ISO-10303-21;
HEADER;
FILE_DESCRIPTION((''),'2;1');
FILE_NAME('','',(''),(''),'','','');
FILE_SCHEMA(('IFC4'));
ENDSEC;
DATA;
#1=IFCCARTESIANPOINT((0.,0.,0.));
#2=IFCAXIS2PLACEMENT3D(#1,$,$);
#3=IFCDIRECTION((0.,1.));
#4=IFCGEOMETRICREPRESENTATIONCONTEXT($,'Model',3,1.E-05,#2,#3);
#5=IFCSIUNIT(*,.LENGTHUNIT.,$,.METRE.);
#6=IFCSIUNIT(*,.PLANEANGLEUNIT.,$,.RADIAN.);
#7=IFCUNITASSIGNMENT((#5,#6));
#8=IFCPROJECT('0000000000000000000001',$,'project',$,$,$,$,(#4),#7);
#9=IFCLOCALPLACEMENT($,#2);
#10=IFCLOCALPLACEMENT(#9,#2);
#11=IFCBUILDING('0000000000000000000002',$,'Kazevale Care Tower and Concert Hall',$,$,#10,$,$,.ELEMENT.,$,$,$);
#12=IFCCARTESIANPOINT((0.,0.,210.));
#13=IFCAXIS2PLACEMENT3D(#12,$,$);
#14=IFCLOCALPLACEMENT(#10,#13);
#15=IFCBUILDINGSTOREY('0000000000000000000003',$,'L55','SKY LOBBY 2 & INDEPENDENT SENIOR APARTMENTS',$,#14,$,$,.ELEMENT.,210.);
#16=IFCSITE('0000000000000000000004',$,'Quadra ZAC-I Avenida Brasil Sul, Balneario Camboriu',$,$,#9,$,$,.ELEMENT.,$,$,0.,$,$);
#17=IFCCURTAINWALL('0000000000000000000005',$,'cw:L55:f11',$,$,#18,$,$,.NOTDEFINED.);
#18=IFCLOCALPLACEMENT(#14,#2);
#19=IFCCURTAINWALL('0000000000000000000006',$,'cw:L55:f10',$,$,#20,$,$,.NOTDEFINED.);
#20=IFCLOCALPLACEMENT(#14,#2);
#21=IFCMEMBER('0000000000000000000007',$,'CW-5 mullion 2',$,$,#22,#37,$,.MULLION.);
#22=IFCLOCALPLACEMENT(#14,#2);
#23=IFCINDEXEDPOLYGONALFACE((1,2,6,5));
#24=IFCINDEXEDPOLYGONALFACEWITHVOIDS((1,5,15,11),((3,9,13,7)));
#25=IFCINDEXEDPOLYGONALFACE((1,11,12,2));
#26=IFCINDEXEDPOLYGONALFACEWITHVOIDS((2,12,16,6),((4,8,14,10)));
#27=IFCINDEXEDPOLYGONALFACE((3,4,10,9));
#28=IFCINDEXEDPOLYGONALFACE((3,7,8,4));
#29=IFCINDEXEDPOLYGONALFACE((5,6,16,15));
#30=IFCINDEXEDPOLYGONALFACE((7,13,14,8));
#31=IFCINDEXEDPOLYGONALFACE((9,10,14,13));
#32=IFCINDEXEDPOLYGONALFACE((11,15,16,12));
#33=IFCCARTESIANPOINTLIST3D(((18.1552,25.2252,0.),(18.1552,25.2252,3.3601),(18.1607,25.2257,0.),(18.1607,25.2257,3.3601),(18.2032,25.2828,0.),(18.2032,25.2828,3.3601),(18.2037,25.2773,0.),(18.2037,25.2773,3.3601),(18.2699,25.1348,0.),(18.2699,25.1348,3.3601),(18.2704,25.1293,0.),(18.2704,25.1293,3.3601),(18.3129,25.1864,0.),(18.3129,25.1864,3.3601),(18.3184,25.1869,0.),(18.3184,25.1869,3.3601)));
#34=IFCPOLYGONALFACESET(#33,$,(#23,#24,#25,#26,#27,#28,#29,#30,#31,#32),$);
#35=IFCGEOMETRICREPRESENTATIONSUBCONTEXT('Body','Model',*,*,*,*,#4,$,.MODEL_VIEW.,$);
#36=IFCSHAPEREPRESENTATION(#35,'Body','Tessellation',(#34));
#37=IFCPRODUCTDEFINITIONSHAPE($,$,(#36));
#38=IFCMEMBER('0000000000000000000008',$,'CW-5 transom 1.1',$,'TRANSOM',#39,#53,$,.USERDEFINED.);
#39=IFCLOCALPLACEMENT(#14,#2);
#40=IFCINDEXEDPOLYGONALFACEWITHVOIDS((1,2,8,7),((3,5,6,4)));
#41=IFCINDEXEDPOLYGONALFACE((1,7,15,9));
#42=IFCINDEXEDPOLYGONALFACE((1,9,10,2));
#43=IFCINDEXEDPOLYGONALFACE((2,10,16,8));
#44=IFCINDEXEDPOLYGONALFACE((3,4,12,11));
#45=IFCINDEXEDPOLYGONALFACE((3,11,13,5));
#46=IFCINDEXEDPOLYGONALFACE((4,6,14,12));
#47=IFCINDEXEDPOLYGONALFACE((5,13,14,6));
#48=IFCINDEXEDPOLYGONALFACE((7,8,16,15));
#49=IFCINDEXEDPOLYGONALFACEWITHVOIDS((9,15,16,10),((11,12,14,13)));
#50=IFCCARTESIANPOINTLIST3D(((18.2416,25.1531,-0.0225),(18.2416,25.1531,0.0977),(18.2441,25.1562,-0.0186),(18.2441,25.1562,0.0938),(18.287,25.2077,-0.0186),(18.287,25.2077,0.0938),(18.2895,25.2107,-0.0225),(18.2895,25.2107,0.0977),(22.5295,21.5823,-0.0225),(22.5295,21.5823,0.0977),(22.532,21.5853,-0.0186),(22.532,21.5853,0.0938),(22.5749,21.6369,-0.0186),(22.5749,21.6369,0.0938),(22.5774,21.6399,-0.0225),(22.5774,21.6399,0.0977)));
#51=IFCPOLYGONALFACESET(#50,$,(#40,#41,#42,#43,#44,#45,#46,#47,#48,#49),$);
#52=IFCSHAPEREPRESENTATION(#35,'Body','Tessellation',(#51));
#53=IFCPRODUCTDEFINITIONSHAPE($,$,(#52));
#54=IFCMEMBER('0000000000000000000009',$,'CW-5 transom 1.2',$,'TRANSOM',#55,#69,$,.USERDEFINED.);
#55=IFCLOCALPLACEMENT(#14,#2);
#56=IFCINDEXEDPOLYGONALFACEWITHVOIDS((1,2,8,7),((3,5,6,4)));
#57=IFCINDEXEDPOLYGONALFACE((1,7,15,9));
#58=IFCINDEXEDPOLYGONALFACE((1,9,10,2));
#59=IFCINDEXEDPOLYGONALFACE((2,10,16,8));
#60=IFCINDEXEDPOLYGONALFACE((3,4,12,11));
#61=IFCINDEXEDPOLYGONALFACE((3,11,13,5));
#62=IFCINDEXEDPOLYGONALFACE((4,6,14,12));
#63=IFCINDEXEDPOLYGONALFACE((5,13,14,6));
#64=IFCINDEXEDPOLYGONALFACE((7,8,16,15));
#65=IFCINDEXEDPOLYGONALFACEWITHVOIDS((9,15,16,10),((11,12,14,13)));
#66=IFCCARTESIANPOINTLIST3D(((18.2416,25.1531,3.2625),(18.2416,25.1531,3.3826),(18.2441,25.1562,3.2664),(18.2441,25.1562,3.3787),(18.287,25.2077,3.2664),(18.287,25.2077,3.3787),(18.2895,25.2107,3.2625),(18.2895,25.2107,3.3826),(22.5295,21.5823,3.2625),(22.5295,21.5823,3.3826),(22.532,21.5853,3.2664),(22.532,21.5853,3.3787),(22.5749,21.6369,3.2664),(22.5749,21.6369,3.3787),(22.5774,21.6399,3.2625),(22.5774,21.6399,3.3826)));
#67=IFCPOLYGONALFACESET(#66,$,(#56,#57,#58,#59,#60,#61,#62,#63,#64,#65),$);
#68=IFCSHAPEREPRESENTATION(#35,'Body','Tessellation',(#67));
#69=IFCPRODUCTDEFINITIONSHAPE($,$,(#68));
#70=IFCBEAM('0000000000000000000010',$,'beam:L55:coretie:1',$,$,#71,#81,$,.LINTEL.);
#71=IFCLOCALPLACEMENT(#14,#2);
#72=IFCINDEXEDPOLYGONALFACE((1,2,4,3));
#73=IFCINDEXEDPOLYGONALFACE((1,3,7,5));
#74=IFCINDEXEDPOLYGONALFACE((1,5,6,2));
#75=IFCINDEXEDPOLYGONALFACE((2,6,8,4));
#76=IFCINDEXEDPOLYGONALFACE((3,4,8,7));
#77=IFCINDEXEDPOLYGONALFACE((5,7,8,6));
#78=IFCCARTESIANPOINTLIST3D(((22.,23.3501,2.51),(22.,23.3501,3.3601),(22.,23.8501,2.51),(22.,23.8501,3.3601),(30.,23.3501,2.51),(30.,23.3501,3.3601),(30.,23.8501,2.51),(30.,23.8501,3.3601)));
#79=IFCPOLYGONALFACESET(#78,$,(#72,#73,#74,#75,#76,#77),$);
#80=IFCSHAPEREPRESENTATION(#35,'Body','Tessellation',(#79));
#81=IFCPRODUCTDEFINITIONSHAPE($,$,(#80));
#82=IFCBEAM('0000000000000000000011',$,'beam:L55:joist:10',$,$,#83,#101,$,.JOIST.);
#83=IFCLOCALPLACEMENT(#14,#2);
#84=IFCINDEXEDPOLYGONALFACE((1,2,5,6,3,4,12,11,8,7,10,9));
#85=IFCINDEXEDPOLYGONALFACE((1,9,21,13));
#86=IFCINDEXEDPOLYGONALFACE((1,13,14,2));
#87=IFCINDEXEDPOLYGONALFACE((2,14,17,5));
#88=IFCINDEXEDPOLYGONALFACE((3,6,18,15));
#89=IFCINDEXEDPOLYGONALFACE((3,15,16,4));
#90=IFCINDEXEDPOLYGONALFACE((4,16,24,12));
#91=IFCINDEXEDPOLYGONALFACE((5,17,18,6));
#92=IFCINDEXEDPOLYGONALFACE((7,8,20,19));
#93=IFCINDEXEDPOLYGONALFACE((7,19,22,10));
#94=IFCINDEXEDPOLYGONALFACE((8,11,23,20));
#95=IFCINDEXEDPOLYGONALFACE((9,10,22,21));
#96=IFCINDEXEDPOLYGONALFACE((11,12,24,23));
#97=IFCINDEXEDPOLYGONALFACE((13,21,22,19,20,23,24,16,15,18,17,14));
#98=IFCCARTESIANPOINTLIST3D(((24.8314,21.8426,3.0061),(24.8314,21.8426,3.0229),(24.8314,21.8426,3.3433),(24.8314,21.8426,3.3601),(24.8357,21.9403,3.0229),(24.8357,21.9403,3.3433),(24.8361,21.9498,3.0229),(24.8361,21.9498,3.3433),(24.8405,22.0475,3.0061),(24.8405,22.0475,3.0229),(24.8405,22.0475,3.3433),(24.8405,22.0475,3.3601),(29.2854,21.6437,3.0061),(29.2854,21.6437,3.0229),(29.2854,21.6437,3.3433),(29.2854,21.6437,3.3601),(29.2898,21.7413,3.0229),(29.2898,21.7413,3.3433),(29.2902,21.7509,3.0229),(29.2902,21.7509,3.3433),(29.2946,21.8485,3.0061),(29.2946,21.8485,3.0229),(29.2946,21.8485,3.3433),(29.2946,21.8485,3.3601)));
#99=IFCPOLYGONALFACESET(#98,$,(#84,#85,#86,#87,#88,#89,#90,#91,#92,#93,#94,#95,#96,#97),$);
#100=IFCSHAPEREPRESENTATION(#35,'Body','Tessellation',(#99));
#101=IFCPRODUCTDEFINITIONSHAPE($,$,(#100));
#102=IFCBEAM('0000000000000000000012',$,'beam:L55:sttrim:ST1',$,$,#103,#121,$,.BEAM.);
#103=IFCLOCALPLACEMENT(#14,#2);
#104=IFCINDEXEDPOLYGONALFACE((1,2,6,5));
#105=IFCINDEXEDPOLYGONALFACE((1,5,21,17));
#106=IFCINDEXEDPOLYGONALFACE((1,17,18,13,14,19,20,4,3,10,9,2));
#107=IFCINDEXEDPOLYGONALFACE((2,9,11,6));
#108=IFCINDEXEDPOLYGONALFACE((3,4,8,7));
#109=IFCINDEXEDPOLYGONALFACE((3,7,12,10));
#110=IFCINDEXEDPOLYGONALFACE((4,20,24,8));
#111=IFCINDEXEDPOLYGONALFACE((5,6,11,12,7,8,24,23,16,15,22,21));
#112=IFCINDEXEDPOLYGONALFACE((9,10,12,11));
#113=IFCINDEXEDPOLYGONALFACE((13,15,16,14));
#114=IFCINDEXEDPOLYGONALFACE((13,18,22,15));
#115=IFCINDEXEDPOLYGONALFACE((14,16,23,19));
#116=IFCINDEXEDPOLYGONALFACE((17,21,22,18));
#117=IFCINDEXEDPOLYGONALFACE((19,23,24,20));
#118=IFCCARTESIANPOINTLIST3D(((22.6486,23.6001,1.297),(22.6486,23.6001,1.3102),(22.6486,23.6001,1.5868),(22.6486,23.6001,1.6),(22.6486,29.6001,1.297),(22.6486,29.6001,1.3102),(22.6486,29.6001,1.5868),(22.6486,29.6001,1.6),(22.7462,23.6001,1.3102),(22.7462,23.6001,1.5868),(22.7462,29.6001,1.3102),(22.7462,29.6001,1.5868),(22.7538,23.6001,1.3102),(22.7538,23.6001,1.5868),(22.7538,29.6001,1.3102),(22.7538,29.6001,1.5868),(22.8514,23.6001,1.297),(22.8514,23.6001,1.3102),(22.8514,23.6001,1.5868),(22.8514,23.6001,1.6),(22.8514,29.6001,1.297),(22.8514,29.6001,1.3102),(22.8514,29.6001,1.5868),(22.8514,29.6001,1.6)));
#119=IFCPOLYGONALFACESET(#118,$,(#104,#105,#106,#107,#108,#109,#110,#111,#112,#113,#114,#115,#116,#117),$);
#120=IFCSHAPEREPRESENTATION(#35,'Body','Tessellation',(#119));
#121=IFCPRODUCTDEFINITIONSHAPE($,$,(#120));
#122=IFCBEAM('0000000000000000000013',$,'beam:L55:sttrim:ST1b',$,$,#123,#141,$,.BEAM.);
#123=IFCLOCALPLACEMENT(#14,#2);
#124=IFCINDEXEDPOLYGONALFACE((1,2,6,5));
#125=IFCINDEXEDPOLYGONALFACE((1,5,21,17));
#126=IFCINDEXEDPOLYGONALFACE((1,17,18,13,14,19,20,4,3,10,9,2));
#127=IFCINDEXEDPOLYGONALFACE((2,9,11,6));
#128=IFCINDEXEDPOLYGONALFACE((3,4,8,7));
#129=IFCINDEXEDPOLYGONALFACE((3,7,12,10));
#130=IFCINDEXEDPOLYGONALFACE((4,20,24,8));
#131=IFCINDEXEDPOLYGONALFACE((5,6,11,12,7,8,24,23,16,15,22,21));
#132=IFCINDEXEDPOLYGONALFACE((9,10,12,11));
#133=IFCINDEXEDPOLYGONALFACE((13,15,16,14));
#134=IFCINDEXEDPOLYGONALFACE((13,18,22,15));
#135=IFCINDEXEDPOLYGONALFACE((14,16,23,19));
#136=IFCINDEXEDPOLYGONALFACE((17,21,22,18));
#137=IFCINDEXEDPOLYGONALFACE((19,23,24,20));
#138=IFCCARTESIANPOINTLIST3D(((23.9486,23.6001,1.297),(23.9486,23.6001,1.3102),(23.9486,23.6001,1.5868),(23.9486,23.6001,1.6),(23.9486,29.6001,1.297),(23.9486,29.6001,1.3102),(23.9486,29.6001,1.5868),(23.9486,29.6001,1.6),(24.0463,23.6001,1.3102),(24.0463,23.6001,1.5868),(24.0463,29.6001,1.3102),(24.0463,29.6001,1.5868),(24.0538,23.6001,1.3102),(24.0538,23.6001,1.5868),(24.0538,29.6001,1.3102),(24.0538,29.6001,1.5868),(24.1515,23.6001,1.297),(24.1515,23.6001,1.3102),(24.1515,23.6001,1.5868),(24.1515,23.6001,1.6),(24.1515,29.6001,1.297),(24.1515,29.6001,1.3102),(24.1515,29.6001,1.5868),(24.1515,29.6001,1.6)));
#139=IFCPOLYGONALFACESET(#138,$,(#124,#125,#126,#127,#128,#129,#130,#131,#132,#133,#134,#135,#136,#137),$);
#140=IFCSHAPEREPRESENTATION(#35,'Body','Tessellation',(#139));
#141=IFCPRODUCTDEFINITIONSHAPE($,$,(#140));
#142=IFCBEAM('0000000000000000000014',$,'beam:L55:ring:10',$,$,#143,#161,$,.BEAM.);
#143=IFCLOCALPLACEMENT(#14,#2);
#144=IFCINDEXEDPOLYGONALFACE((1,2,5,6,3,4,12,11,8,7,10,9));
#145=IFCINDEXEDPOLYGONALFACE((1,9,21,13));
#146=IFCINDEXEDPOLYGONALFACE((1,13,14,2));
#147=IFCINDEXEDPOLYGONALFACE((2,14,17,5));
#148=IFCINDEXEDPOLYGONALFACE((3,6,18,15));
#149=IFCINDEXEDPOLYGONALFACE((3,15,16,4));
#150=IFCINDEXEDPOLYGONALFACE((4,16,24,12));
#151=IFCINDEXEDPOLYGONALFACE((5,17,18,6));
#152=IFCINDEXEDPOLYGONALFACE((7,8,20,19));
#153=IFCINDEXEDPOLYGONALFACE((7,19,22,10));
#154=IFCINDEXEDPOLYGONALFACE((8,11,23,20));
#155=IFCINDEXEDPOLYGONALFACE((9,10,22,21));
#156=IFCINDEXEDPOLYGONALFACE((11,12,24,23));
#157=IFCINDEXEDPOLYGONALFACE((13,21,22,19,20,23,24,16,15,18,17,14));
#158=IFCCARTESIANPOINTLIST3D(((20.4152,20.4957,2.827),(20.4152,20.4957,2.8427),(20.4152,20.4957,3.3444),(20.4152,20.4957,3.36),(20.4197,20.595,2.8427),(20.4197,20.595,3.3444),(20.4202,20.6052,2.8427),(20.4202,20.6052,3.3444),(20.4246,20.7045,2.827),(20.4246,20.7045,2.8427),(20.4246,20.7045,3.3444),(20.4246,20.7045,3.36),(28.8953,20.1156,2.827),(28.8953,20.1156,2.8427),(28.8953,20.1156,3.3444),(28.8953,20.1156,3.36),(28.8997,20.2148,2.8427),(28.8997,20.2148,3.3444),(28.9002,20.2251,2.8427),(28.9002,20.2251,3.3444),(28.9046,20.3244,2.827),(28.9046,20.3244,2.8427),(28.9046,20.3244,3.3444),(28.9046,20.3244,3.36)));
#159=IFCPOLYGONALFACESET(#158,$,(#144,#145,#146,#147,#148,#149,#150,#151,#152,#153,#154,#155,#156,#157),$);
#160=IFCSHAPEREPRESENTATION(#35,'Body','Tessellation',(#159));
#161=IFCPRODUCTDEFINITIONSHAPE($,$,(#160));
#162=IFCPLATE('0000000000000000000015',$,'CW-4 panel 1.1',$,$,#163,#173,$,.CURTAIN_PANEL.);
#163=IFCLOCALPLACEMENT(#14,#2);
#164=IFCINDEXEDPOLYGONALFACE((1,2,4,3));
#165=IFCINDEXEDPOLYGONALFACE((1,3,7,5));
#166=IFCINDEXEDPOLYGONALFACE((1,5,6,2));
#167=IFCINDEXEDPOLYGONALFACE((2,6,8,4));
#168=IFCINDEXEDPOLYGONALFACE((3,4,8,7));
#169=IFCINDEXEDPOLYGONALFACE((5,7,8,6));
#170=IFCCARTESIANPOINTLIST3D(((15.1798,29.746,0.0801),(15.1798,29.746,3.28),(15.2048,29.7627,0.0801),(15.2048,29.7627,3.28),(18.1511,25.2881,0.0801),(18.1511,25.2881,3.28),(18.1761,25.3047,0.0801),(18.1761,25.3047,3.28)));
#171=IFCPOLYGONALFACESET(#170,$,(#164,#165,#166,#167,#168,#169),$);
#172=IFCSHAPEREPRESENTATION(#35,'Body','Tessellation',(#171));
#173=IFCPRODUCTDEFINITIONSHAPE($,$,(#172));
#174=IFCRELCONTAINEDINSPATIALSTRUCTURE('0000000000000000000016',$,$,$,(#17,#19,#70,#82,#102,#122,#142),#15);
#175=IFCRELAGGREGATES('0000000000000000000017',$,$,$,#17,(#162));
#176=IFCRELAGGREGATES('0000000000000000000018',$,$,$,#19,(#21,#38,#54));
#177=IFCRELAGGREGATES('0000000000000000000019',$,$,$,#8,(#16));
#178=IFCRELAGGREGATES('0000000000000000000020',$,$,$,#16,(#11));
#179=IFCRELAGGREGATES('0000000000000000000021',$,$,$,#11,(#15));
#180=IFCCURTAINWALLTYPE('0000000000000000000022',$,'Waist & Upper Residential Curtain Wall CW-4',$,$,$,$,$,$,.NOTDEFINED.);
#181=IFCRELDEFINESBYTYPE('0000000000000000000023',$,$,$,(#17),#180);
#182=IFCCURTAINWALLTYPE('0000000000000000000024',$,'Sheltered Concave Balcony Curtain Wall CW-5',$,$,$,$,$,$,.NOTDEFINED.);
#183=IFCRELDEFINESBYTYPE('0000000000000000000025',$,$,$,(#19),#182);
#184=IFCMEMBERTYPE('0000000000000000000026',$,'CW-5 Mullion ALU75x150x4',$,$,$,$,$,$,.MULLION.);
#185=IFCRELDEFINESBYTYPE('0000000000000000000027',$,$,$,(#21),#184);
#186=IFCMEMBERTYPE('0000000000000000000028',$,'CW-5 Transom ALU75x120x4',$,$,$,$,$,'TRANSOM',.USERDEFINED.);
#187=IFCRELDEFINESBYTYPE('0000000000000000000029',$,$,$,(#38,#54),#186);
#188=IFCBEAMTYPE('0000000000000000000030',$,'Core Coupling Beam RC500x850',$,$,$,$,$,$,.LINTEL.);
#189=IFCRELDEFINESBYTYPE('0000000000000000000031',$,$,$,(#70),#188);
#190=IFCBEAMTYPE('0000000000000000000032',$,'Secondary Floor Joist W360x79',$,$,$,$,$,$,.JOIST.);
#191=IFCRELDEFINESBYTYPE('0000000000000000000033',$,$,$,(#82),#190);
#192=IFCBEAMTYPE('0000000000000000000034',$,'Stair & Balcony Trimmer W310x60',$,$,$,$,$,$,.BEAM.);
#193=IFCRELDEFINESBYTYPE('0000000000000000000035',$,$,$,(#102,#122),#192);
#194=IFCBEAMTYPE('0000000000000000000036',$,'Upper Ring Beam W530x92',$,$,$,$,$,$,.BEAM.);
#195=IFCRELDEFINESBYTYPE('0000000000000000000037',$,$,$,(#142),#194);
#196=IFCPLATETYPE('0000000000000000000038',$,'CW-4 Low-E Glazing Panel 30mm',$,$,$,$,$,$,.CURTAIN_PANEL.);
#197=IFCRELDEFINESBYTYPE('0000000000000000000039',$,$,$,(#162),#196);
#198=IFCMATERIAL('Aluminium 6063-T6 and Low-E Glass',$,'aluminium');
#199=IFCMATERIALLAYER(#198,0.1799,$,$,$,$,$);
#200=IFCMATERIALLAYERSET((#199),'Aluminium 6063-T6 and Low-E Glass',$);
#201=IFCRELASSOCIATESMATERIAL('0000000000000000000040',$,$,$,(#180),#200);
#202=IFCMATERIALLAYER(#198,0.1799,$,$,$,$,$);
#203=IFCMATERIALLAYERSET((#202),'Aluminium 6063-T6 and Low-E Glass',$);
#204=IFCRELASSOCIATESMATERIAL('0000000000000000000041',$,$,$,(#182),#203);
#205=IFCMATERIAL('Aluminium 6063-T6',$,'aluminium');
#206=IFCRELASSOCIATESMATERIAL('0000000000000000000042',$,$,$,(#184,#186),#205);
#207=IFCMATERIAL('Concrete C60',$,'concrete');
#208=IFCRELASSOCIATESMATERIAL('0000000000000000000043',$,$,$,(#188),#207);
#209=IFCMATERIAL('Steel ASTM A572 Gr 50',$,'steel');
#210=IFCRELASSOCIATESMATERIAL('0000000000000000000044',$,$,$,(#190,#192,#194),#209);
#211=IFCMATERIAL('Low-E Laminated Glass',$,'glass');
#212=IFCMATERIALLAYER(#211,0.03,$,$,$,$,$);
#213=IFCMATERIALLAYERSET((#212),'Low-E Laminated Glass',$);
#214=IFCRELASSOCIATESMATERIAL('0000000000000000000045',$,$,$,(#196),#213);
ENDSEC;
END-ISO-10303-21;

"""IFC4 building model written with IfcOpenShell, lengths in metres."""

from ifc_helpers import new_model, si_unit, direction, frame, origin, origin_2d, place, context, subcontext, project, spatial, rectangle, hollow_rectangle, i_section, extrude, material, layer, layer_set, material_profile, profile_set, type_object, element, aggregate, save


model = new_model("IFC4")

# Units and contexts
model_context = context("Model", 3, precision=1e-05, world=origin(), true_north=direction((0.0, 1.0)))
body_context = subcontext(model_context, "Body", "Model", "MODEL_VIEW")
ifc_project = project(units=[si_unit("LENGTHUNIT", "METRE"), si_unit("PLANEANGLEUNIT", "RADIAN")], contexts=[model_context])

# Site, building, storey
site_placement = place(None, origin())
site = spatial("IfcSite", under=ifc_project, at=site_placement, Name="Quadra ZAC-I Avenida Brasil Sul, Balneario Camboriu", CompositionType="ELEMENT", RefElevation=0.0)
building_placement = place(site_placement, origin())
building = spatial("IfcBuilding", under=site, at=building_placement, Name="Kazevale Care Tower and Concert Hall", CompositionType="ELEMENT")
storey_placement = place(building_placement, frame((0.0, 0.0, 210.0)))
storey = spatial("IfcBuildingStorey", under=building, at=storey_placement, Name="L55", Description="SKY LOBBY 2 & INDEPENDENT SENIOR APARTMENTS", CompositionType="ELEMENT", Elevation=210.0)

# Curtain wall
ifc_material_1 = material(Name="Aluminium 6063-T6 and Low-E Glass", Category="aluminium")
ifc_layer_1 = layer(ifc_material_1, 0.1799)
ifc_layer_set_1 = layer_set([ifc_layer_1], Name="Aluminium 6063-T6 and Low-E Glass")
curtain_wall_type_1 = type_object("IfcCurtainWallType", Name="Waist & Upper Residential Curtain Wall CW-4", PredefinedType="NOTDEFINED", material=ifc_layer_set_1)
curtain_wall_1_placement = place(storey_placement, origin())
curtain_wall_1 = element("IfcCurtainWall", 1, at=curtain_wall_1_placement, inside=storey, type_object=curtain_wall_type_1, Name="cw:L55:f11", PredefinedType="NOTDEFINED")
ifc_material_2 = material(Name="Aluminium 6063-T6", Category="aluminium")

# Shared definitions
ifc_layer_2 = layer(ifc_material_1, 0.1799)
ifc_layer_set_2 = layer_set([ifc_layer_2], Name="Aluminium 6063-T6 and Low-E Glass")
curtain_wall_type_2 = type_object("IfcCurtainWallType", Name="Sheltered Concave Balcony Curtain Wall CW-5", PredefinedType="NOTDEFINED", material=ifc_layer_set_2)
ifc_material_profile_1 = material_profile(ifc_material_2, hollow_rectangle(XDim=0.075, YDim=0.1499, WallThickness=0.0039, at=origin_2d()), Name="ALU75x150x4")
ifc_profile_set_1 = profile_set([ifc_material_profile_1], Name="Aluminium 6063-T6")
member_type_1 = type_object("IfcMemberType", Name="CW-5 Mullion ALU75x150x4", PredefinedType="MULLION", material=ifc_profile_set_1)

# Curtain wall, members
curtain_wall_2_placement = place(storey_placement, origin())
curtain_wall_2 = element("IfcCurtainWall", 2, at=curtain_wall_2_placement, inside=storey, type_object=curtain_wall_type_2, Name="cw:L55:f10", PredefinedType="NOTDEFINED")
member_1_placement = place(storey_placement, frame((18.2368, 25.2061, 0.0), z_axis=(0.0, 0.0, 1.0), x_axis=(-0.639961, -0.768407, 0.0)))
member_1 = element("IfcMember", 3, at=member_1_placement, type_object=member_type_1, Name="CW-5 mullion 2", PredefinedType="MULLION", context=body_context, shape_type="SweptSolid", body=[
    extrude(hollow_rectangle(XDim=0.075, YDim=0.1499, WallThickness=0.0039, at=origin_2d()), origin(), (0.0, 0.0, 1.0), 3.3601),
])
ifc_material_profile_2 = material_profile(ifc_material_2, hollow_rectangle(XDim=0.075, YDim=0.1201, WallThickness=0.0039, at=origin_2d()), Name="ALU75x120x4")
ifc_profile_set_2 = profile_set([ifc_material_profile_2], Name="Aluminium 6063-T6")
member_type_2 = type_object("IfcMemberType", Name="CW-5 Transom ALU75x120x4", ElementType="TRANSOM", PredefinedType="USERDEFINED", material=ifc_profile_set_2)
member_2_placement = place(storey_placement, frame((22.5535, 21.6111, 0.0376), z_axis=(-0.768433, 0.63993, 0.0), x_axis=(-0.63993, -0.768433, 0.0)))
member_2 = element("IfcMember", 4, at=member_2_placement, type_object=member_type_2, Name="CW-5 transom 1.1", ObjectType="TRANSOM", PredefinedType="USERDEFINED", context=body_context, shape_type="SweptSolid", body=[
    extrude(hollow_rectangle(XDim=0.075, YDim=0.1201, WallThickness=0.0039, at=origin_2d()), origin(), (0.0, 0.0, 1.0), 5.5801),
])
member_3_placement = place(storey_placement, frame((22.5535, 21.6111, 3.3225), z_axis=(-0.768433, 0.63993, 0.0), x_axis=(-0.63993, -0.768433, 0.0)))
member_3 = element("IfcMember", 5, at=member_3_placement, type_object=member_type_2, Name="CW-5 transom 1.2", ObjectType="TRANSOM", PredefinedType="USERDEFINED", context=body_context, shape_type="SweptSolid", body=[
    extrude(hollow_rectangle(XDim=0.075, YDim=0.1201, WallThickness=0.0039, at=origin_2d()), origin(), (0.0, 0.0, 1.0), 5.5801),
])

# Beams
ifc_material_3 = material(Name="Concrete C60", Category="concrete")
ifc_material_profile_3 = material_profile(ifc_material_3, rectangle(XDim=0.5, YDim=0.8501, at=origin_2d()), Name="RC-B500x850")
ifc_profile_set_3 = profile_set([ifc_material_profile_3], Name="Concrete C60")
beam_type_1 = type_object("IfcBeamType", Name="Core Coupling Beam RC500x850", PredefinedType="LINTEL", material=ifc_profile_set_3)
beam_1_placement = place(storey_placement, frame((22.0, 23.6001, 2.9351), z_axis=(1.0, 0.0, 0.0), x_axis=(0.0, 1.0, 0.0)))
element("IfcBeam", 6, at=beam_1_placement, inside=storey, type_object=beam_type_1, Name="beam:L55:coretie:1", PredefinedType="LINTEL", context=body_context, shape_type="SweptSolid", body=[
    extrude(rectangle(XDim=0.5, YDim=0.8501, at=origin_2d()), origin(), (0.0, 0.0, 1.0), 8.0),
])
ifc_material_4 = material(Name="Steel ASTM A572 Gr 50", Category="steel")
ifc_material_profile_4 = material_profile(ifc_material_4, i_section(OverallWidth=0.2051, OverallDepth=0.354, WebThickness=0.0095, FlangeThickness=0.0168, at=origin_2d()), Name="W360x79")
ifc_profile_set_4 = profile_set([ifc_material_profile_4], Name="Steel ASTM A572 Gr 50")
beam_type_2 = type_object("IfcBeamType", Name="Secondary Floor Joist W360x79", PredefinedType="JOIST", material=ifc_profile_set_4)
beam_2_placement = place(storey_placement, frame((24.8359, 21.9451, 3.1831), z_axis=(0.999004, -0.044628, 0.0), x_axis=(0.044628, 0.999004, 0.0)))
element("IfcBeam", 7, at=beam_2_placement, inside=storey, type_object=beam_type_2, Name="beam:L55:joist:10", PredefinedType="JOIST", context=body_context, shape_type="SweptSolid", body=[
    extrude(i_section(OverallWidth=0.2051, OverallDepth=0.354, WebThickness=0.0095, FlangeThickness=0.0168, at=origin_2d()), origin(), (0.0, 0.0, 1.0), 4.4585),
])
ifc_material_profile_5 = material_profile(ifc_material_4, i_section(OverallWidth=0.2029, OverallDepth=0.303, WebThickness=0.0076, FlangeThickness=0.0132, at=origin_2d()), Name="W310x60")
ifc_profile_set_5 = profile_set([ifc_material_profile_5], Name="Steel ASTM A572 Gr 50")
beam_type_3 = type_object("IfcBeamType", Name="Stair & Balcony Trimmer W310x60", PredefinedType="BEAM", material=ifc_profile_set_5)
for number, where, z_axis, x_axis, name in (
    (8, (22.75, 23.6001, 1.4485), (0.0, 1.0, 0.0), (-1.0, 0.0, 0.0), "beam:L55:sttrim:ST1"),
    (9, (24.05, 23.6001, 1.4485), (0.0, 1.0, 0.0), (-1.0, 0.0, 0.0), "beam:L55:sttrim:ST1b"),
):
    element("IfcBeam", number, at=place(storey_placement, frame(where, z_axis=z_axis, x_axis=x_axis)), inside=storey, type_object=beam_type_3, Name=name, PredefinedType="BEAM", context=body_context, shape_type="SweptSolid", body=[
        extrude(i_section(OverallWidth=0.2029, OverallDepth=0.303, WebThickness=0.0076, FlangeThickness=0.0132, at=origin_2d()), origin(), (0.0, 0.0, 1.0), 6.0),
    ])
ifc_material_profile_6 = material_profile(ifc_material_4, i_section(OverallWidth=0.209, OverallDepth=0.533, WebThickness=0.0103, FlangeThickness=0.0156, at=origin_2d()), Name="W530x92")
ifc_profile_set_6 = profile_set([ifc_material_profile_6], Name="Steel ASTM A572 Gr 50")
beam_type_4 = type_object("IfcBeamType", Name="Upper Ring Beam W530x92", PredefinedType="BEAM", material=ifc_profile_set_6)
beam_3_placement = place(storey_placement, frame((20.4199, 20.6001, 3.0935), z_axis=(0.998997, -0.044781, 0.0), x_axis=(0.044781, 0.998997, 0.0)))
element("IfcBeam", 10, at=beam_3_placement, inside=storey, type_object=beam_type_4, Name="beam:L55:ring:10", PredefinedType="BEAM", context=body_context, shape_type="SweptSolid", body=[
    extrude(i_section(OverallWidth=0.209, OverallDepth=0.533, WebThickness=0.0103, FlangeThickness=0.0156, at=origin_2d()), origin(), (0.0, 0.0, 1.0), 8.4885),
])

# Plate
ifc_material_5 = material(Name="Low-E Laminated Glass", Category="glass")
ifc_layer_3 = layer(ifc_material_5, 0.03)
ifc_layer_set_3 = layer_set([ifc_layer_3], Name="Low-E Laminated Glass")
plate_type_1 = type_object("IfcPlateType", Name="CW-4 Low-E Glazing Panel 30mm", PredefinedType="CURTAIN_PANEL", material=ifc_layer_set_3)
plate_1_placement = place(storey_placement, frame((16.678, 27.5254, 0.0801), z_axis=(0.0, 0.0, 1.0), x_axis=(-0.554617, 0.832106, 0.0)))
plate_1 = element("IfcPlate", 11, at=plate_1_placement, type_object=plate_type_1, Name="CW-4 panel 1.1", PredefinedType="CURTAIN_PANEL", context=body_context, shape_type="SweptSolid", body=[
    extrude(rectangle(XDim=5.3574, YDim=0.03, at=origin_2d()), origin(), (0.0, 0.0, 1.0), 3.2),
])
aggregate(curtain_wall_1, [plate_1])
aggregate(curtain_wall_2, [member_1, member_2, member_3])

save(model, "model.ifc")
